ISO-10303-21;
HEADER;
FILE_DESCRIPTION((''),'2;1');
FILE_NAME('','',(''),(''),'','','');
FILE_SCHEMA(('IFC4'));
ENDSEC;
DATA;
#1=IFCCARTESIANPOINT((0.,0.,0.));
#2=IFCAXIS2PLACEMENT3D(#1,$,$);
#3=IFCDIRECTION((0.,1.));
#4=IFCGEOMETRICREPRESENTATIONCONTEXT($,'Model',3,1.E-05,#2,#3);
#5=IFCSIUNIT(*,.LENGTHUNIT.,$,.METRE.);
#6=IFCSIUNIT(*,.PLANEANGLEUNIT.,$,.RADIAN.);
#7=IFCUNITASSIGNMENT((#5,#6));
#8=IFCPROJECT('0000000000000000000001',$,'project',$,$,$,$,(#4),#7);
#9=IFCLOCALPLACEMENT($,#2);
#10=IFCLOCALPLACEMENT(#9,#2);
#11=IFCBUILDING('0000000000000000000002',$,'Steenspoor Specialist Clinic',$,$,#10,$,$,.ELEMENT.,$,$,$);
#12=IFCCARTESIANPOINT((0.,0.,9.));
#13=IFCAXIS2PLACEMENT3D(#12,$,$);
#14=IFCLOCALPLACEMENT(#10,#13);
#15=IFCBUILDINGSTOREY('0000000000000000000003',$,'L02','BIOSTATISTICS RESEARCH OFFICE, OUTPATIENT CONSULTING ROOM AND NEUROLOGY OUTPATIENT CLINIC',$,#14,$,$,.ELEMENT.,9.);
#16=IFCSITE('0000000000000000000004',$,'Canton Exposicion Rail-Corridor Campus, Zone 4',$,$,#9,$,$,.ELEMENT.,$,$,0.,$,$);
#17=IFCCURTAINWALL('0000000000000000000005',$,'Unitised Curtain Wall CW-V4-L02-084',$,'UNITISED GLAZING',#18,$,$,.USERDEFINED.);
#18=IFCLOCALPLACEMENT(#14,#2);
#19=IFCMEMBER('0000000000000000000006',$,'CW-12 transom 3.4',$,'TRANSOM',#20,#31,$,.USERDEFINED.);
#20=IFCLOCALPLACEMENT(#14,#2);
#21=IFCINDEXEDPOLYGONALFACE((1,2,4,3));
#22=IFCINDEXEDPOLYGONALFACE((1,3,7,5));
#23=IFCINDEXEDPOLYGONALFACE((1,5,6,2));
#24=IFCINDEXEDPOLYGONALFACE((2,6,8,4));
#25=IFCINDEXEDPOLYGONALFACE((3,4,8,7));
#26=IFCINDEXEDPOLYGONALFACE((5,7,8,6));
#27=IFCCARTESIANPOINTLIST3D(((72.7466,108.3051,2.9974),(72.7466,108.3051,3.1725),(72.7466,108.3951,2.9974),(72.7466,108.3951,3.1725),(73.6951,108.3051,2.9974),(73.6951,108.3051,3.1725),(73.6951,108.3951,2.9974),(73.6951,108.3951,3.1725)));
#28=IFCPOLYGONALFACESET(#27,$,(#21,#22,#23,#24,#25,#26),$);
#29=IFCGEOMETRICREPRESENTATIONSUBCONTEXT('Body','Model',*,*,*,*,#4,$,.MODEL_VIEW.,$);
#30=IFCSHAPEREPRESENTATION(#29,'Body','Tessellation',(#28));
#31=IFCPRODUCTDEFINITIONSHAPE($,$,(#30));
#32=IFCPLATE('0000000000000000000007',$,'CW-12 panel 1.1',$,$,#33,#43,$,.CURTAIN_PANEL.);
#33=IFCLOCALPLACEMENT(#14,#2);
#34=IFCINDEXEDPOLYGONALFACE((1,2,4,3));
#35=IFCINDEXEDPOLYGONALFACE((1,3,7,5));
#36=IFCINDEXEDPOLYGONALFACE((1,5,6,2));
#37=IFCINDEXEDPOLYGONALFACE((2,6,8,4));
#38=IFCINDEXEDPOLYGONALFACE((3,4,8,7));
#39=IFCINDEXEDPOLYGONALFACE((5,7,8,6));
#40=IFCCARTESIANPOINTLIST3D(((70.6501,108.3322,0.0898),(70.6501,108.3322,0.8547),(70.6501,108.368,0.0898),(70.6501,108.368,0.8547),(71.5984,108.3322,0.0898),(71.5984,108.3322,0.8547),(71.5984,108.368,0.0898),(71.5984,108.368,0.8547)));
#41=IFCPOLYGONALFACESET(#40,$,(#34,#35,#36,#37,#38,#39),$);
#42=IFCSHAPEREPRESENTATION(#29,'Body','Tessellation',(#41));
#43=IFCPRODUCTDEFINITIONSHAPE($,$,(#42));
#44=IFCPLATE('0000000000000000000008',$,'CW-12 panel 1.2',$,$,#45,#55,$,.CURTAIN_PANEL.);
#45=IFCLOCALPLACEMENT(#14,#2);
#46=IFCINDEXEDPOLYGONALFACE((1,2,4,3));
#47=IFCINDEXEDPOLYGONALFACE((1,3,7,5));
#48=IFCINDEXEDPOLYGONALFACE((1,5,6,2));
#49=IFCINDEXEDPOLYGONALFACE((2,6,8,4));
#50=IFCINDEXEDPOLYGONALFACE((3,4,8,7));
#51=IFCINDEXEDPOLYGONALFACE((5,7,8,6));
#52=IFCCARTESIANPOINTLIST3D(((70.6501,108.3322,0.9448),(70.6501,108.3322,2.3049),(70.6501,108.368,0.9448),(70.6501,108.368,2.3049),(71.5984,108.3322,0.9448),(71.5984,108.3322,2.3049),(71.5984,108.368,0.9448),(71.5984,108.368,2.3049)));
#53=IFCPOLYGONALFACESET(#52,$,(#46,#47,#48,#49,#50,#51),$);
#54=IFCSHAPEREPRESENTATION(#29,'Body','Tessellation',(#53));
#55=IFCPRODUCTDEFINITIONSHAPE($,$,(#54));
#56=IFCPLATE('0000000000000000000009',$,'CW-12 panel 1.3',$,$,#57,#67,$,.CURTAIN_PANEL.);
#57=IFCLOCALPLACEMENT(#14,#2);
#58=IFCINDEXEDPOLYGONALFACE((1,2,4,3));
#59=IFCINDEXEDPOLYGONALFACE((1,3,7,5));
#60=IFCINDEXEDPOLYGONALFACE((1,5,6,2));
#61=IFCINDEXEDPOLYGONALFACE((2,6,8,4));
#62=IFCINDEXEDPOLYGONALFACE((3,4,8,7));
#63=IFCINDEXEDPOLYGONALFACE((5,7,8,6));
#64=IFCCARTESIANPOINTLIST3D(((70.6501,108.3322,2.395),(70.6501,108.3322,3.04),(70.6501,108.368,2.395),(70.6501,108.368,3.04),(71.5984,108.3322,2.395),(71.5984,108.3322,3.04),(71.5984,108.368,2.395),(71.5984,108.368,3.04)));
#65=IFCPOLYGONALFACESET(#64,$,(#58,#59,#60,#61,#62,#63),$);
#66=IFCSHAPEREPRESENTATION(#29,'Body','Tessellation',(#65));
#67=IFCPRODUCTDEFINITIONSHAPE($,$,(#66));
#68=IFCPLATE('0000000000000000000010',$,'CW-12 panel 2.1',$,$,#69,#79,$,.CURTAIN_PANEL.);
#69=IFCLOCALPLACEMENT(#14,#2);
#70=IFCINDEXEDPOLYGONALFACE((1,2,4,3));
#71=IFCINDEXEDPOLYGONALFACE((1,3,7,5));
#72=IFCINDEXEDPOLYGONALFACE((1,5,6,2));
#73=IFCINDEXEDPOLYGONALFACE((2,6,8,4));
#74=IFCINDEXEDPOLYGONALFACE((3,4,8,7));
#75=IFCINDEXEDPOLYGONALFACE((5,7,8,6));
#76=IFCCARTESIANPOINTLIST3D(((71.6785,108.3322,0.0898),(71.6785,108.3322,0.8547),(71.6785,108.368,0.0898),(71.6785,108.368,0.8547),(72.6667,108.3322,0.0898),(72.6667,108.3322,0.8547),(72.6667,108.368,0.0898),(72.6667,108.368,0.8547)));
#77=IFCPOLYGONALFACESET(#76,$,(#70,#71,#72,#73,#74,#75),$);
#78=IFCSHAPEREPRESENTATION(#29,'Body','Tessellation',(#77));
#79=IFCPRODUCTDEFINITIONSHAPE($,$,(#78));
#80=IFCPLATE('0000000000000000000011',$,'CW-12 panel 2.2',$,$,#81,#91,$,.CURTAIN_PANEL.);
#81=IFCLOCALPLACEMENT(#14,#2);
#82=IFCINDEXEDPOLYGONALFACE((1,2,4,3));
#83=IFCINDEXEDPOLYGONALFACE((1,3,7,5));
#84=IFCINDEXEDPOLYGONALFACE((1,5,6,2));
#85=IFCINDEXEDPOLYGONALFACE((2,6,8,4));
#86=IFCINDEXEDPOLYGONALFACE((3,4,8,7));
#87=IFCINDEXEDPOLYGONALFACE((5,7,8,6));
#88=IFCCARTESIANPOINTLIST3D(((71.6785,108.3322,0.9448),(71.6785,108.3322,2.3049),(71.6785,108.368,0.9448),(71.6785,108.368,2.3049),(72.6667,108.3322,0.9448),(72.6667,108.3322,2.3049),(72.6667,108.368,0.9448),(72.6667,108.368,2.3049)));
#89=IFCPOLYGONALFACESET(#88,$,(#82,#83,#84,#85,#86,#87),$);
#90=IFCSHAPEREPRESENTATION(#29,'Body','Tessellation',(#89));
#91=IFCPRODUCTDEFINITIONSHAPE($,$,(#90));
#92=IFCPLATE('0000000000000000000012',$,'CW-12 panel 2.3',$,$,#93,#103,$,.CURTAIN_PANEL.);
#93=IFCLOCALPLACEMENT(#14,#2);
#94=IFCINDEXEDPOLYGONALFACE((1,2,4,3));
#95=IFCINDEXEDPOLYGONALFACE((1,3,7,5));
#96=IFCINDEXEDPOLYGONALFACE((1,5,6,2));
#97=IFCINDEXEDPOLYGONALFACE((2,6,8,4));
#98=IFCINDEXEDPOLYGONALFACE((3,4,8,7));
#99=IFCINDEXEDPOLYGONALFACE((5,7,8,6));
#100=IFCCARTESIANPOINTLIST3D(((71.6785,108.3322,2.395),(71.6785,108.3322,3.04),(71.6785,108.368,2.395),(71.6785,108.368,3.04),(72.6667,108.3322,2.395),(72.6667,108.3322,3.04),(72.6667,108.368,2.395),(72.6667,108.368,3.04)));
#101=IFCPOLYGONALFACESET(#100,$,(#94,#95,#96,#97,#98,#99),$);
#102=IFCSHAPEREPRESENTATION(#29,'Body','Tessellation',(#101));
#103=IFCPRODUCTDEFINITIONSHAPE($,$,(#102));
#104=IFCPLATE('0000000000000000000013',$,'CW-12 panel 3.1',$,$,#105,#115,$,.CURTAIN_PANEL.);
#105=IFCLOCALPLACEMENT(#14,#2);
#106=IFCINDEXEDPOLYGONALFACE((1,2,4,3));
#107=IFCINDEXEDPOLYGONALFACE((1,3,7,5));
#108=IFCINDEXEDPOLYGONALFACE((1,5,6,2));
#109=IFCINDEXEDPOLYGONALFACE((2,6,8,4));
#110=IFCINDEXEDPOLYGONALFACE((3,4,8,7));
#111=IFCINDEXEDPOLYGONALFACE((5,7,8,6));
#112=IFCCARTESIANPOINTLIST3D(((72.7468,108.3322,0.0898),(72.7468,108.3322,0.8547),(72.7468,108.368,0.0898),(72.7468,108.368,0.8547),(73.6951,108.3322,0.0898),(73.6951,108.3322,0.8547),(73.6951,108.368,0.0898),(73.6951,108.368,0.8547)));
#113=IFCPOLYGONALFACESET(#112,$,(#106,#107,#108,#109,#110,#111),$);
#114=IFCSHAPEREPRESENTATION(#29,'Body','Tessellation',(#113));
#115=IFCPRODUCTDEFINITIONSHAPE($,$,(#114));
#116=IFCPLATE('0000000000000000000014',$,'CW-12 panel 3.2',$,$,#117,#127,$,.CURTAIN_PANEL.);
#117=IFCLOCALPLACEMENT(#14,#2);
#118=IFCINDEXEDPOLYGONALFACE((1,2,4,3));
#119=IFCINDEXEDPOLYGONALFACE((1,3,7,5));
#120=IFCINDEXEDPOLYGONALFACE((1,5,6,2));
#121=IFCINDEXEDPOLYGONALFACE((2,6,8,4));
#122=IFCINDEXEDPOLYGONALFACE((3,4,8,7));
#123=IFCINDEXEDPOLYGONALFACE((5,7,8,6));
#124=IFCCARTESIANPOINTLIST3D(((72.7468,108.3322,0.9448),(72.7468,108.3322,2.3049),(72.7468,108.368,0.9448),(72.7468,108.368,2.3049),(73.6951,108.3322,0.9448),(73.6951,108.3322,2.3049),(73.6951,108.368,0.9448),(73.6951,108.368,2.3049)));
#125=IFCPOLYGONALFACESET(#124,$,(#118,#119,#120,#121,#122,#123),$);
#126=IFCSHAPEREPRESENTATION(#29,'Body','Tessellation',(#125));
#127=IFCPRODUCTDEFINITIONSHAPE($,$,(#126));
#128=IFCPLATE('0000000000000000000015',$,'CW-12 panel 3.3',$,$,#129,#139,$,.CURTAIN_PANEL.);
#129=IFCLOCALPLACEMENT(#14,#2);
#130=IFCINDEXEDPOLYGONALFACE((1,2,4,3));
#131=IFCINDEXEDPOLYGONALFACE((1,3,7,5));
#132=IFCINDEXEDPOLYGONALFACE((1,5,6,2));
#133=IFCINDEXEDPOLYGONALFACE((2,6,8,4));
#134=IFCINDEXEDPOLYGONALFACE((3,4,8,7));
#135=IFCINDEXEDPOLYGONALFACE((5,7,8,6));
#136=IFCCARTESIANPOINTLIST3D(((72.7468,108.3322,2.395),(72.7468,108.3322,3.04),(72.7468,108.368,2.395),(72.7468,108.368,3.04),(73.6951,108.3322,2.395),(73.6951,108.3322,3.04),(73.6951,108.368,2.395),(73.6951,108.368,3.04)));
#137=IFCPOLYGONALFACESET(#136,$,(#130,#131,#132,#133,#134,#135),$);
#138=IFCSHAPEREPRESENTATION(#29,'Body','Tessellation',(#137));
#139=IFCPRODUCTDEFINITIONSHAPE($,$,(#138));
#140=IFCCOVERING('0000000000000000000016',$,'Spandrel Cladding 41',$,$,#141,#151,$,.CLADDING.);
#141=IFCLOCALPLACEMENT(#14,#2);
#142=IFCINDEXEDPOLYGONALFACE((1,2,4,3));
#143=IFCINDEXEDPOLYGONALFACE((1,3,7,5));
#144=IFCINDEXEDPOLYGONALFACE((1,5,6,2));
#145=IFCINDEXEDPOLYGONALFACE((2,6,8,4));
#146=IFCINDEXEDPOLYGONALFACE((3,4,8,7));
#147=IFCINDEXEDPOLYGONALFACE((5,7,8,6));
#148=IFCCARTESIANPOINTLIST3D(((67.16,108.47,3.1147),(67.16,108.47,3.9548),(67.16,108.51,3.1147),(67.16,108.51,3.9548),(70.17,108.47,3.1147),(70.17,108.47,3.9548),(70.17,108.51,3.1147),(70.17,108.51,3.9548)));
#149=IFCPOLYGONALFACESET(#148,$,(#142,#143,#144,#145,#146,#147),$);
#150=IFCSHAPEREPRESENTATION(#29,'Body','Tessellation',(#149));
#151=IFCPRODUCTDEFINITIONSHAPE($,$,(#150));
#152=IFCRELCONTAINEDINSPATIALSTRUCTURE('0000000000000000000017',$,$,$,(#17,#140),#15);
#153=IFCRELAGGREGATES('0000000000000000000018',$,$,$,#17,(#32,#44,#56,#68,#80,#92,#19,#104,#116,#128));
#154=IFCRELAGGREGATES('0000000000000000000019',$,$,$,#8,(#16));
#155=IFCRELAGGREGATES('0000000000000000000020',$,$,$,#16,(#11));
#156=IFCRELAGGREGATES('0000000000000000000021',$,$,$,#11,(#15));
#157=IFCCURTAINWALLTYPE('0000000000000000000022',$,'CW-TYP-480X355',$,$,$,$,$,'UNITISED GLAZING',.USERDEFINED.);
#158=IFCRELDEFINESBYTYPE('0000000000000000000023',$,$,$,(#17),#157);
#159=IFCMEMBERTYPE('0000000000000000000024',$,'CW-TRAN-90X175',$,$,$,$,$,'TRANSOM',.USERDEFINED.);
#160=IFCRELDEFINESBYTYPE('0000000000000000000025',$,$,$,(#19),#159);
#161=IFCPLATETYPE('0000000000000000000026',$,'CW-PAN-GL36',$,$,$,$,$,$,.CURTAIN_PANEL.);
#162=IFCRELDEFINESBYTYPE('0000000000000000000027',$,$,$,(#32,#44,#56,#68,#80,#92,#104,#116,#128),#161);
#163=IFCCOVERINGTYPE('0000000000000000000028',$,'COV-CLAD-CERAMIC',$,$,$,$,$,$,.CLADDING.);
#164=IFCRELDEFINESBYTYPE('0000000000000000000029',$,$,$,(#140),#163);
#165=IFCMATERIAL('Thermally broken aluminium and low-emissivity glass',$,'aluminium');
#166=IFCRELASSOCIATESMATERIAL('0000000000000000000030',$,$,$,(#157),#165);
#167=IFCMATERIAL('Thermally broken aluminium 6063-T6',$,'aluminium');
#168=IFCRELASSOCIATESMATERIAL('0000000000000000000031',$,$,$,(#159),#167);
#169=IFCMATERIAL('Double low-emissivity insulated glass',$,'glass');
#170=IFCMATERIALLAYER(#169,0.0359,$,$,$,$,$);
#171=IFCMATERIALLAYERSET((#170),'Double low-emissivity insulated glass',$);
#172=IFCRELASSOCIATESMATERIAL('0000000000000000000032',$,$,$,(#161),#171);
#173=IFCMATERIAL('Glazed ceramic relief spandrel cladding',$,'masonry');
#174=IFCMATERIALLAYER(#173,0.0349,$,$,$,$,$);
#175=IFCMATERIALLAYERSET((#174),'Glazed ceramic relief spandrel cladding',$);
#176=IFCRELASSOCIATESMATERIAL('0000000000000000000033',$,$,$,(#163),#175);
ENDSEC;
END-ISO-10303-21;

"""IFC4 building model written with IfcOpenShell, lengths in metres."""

from ifc_helpers import new_model, si_unit, direction, frame, origin, origin_2d, place, context, subcontext, project, spatial, rectangle, extrude, material, layer, layer_set, material_profile, profile_set, type_object, element, aggregate, save


model = new_model("IFC4")

# Units and contexts
model_context = context("Model", 3, precision=1e-05, world=origin(), true_north=direction((0.0, 1.0)))
body_context = subcontext(model_context, "Body", "Model", "MODEL_VIEW")
ifc_project = project(units=[si_unit("LENGTHUNIT", "METRE"), si_unit("PLANEANGLEUNIT", "RADIAN")], contexts=[model_context])

# Site, building, storey
site_placement = place(None, origin())
site = spatial("IfcSite", under=ifc_project, at=site_placement, Name="Canton Exposicion Rail-Corridor Campus, Zone 4", CompositionType="ELEMENT", RefElevation=0.0)
building_placement = place(site_placement, origin())
building = spatial("IfcBuilding", under=site, at=building_placement, Name="Steenspoor Specialist Clinic", CompositionType="ELEMENT")
storey_placement = place(building_placement, frame((0.0, 0.0, 9.0)))
storey = spatial("IfcBuildingStorey", under=building, at=storey_placement, Name="L02", Description="BIOSTATISTICS RESEARCH OFFICE, OUTPATIENT CONSULTING ROOM AND NEUROLOGY OUTPATIENT CLINIC", CompositionType="ELEMENT", Elevation=9.0)

# Curtain wall, member, plates
ifc_material_1 = material(Name="Thermally broken aluminium and low-emissivity glass", Category="aluminium")
curtain_wall_type = type_object("IfcCurtainWallType", Name="CW-TYP-480X355", ElementType="UNITISED GLAZING", PredefinedType="USERDEFINED", material=ifc_material_1)
curtain_wall_placement = place(storey_placement, origin())
curtain_wall = element("IfcCurtainWall", 1, at=curtain_wall_placement, inside=storey, type_object=curtain_wall_type, Name="Unitised Curtain Wall CW-V4-L02-084", ObjectType="UNITISED GLAZING", PredefinedType="USERDEFINED")
ifc_material_2 = material(Name="Thermally broken aluminium 6063-T6", Category="aluminium")
ifc_material_profile_1 = material_profile(ifc_material_2, rectangle(XDim=0.0901, YDim=0.175, at=origin_2d()), Name="CWT-90X175")
ifc_profile_set_1 = profile_set([ifc_material_profile_1], Name="Thermally broken aluminium 6063-T6")
member_type_1 = type_object("IfcMemberType", Name="CW-TRAN-90X175", ElementType="TRANSOM", PredefinedType="USERDEFINED", material=ifc_profile_set_1)
member_1_placement = place(storey_placement, frame((72.7466, 108.3501, 3.085), z_axis=(1.0, 0.0, 0.0), x_axis=(0.0, 1.0, 0.0)))
member_1 = element("IfcMember", 2, at=member_1_placement, type_object=member_type_1, Name="CW-12 transom 3.4", ObjectType="TRANSOM", PredefinedType="USERDEFINED", context=body_context, shape_type="SweptSolid", body=[
    extrude(rectangle(XDim=0.0901, YDim=0.175, at=origin_2d()), origin(), (0.0, 0.0, 1.0), 0.9485),
])
ifc_material_3 = material(Name="Double low-emissivity insulated glass", Category="glass")
ifc_layer_1 = layer(ifc_material_3, 0.0359)
ifc_layer_set_1 = layer_set([ifc_layer_1], Name="Double low-emissivity insulated glass")
plate_type = type_object("IfcPlateType", Name="CW-PAN-GL36", PredefinedType="CURTAIN_PANEL", material=ifc_layer_set_1)
plate_1_placement = place(storey_placement, frame((71.1243, 108.3501, 0.0898), z_axis=(0.0, 0.0, 1.0), x_axis=(1.0, 0.0, 0.0)))
plate_1 = element("IfcPlate", 3, at=plate_1_placement, type_object=plate_type, Name="CW-12 panel 1.1", PredefinedType="CURTAIN_PANEL", context=body_context, shape_type="SweptSolid", body=[
    extrude(rectangle(XDim=0.9482, YDim=0.0359, at=origin_2d()), origin(), (0.0, 0.0, 1.0), 0.7649),
])
plate_2_placement = place(storey_placement, frame((71.1243, 108.3501, 0.9448), z_axis=(0.0, 0.0, 1.0), x_axis=(1.0, 0.0, 0.0)))
plate_2 = element("IfcPlate", 4, at=plate_2_placement, type_object=plate_type, Name="CW-12 panel 1.2", PredefinedType="CURTAIN_PANEL", context=body_context, shape_type="SweptSolid", body=[
    extrude(rectangle(XDim=0.9482, YDim=0.0359, at=origin_2d()), origin(), (0.0, 0.0, 1.0), 1.3601),
])
plate_3_placement = place(storey_placement, frame((71.1243, 108.3501, 2.395), z_axis=(0.0, 0.0, 1.0), x_axis=(1.0, 0.0, 0.0)))
plate_3 = element("IfcPlate", 5, at=plate_3_placement, type_object=plate_type, Name="CW-12 panel 1.3", PredefinedType="CURTAIN_PANEL", context=body_context, shape_type="SweptSolid", body=[
    extrude(rectangle(XDim=0.9482, YDim=0.0359, at=origin_2d()), origin(), (0.0, 0.0, 1.0), 0.645),
])
plate_4_placement = place(storey_placement, frame((72.1726, 108.3501, 0.0898), z_axis=(0.0, 0.0, 1.0), x_axis=(1.0, 0.0, 0.0)))
plate_4 = element("IfcPlate", 6, at=plate_4_placement, type_object=plate_type, Name="CW-12 panel 2.1", PredefinedType="CURTAIN_PANEL", context=body_context, shape_type="SweptSolid", body=[
    extrude(rectangle(XDim=0.9883, YDim=0.0359, at=origin_2d()), origin(), (0.0, 0.0, 1.0), 0.7649),
])
plate_5_placement = place(storey_placement, frame((72.1726, 108.3501, 0.9448), z_axis=(0.0, 0.0, 1.0), x_axis=(1.0, 0.0, 0.0)))
plate_5 = element("IfcPlate", 7, at=plate_5_placement, type_object=plate_type, Name="CW-12 panel 2.2", PredefinedType="CURTAIN_PANEL", context=body_context, shape_type="SweptSolid", body=[
    extrude(rectangle(XDim=0.9883, YDim=0.0359, at=origin_2d()), origin(), (0.0, 0.0, 1.0), 1.3601),
])
plate_6_placement = place(storey_placement, frame((72.1726, 108.3501, 2.395), z_axis=(0.0, 0.0, 1.0), x_axis=(1.0, 0.0, 0.0)))
plate_6 = element("IfcPlate", 8, at=plate_6_placement, type_object=plate_type, Name="CW-12 panel 2.3", PredefinedType="CURTAIN_PANEL", context=body_context, shape_type="SweptSolid", body=[
    extrude(rectangle(XDim=0.9883, YDim=0.0359, at=origin_2d()), origin(), (0.0, 0.0, 1.0), 0.645),
])
plate_7_placement = place(storey_placement, frame((73.2209, 108.3501, 0.0898), z_axis=(0.0, 0.0, 1.0), x_axis=(1.0, 0.0, 0.0)))
plate_7 = element("IfcPlate", 9, at=plate_7_placement, type_object=plate_type, Name="CW-12 panel 3.1", PredefinedType="CURTAIN_PANEL", context=body_context, shape_type="SweptSolid", body=[
    extrude(rectangle(XDim=0.9482, YDim=0.0359, at=origin_2d()), origin(), (0.0, 0.0, 1.0), 0.7649),
])
plate_8_placement = place(storey_placement, frame((73.2209, 108.3501, 0.9448), z_axis=(0.0, 0.0, 1.0), x_axis=(1.0, 0.0, 0.0)))
plate_8 = element("IfcPlate", 10, at=plate_8_placement, type_object=plate_type, Name="CW-12 panel 3.2", PredefinedType="CURTAIN_PANEL", context=body_context, shape_type="SweptSolid", body=[
    extrude(rectangle(XDim=0.9482, YDim=0.0359, at=origin_2d()), origin(), (0.0, 0.0, 1.0), 1.3601),
])
plate_9_placement = place(storey_placement, frame((73.2209, 108.3501, 2.395), z_axis=(0.0, 0.0, 1.0), x_axis=(1.0, 0.0, 0.0)))
plate_9 = element("IfcPlate", 11, at=plate_9_placement, type_object=plate_type, Name="CW-12 panel 3.3", PredefinedType="CURTAIN_PANEL", context=body_context, shape_type="SweptSolid", body=[
    extrude(rectangle(XDim=0.9482, YDim=0.0359, at=origin_2d()), origin(), (0.0, 0.0, 1.0), 0.645),
])
aggregate(curtain_wall, [plate_1, plate_2, plate_3, plate_4, plate_5, plate_6, member_1, plate_7, plate_8, plate_9])

# Covering
ifc_material_4 = material(Name="Glazed ceramic relief spandrel cladding", Category="masonry")
ifc_layer_2 = layer(ifc_material_4, 0.0349)
ifc_layer_set_2 = layer_set([ifc_layer_2], Name="Glazed ceramic relief spandrel cladding")
covering_type = type_object("IfcCoveringType", Name="COV-CLAD-CERAMIC", PredefinedType="CLADDING", material=ifc_layer_set_2)
covering_placement = place(storey_placement, frame((68.665, 108.49, 3.1147), z_axis=(0.0, 0.0, 1.0), x_axis=(1.0, 0.0, 0.0)))
element("IfcCovering", 12, at=covering_placement, inside=storey, type_object=covering_type, Name="Spandrel Cladding 41", PredefinedType="CLADDING", context=body_context, shape_type="SweptSolid", body=[
    extrude(rectangle(XDim=3.01, YDim=0.04, at=origin_2d()), origin(), (0.0, 0.0, 1.0), 0.8401),
])

save(model, "model.ifc")
